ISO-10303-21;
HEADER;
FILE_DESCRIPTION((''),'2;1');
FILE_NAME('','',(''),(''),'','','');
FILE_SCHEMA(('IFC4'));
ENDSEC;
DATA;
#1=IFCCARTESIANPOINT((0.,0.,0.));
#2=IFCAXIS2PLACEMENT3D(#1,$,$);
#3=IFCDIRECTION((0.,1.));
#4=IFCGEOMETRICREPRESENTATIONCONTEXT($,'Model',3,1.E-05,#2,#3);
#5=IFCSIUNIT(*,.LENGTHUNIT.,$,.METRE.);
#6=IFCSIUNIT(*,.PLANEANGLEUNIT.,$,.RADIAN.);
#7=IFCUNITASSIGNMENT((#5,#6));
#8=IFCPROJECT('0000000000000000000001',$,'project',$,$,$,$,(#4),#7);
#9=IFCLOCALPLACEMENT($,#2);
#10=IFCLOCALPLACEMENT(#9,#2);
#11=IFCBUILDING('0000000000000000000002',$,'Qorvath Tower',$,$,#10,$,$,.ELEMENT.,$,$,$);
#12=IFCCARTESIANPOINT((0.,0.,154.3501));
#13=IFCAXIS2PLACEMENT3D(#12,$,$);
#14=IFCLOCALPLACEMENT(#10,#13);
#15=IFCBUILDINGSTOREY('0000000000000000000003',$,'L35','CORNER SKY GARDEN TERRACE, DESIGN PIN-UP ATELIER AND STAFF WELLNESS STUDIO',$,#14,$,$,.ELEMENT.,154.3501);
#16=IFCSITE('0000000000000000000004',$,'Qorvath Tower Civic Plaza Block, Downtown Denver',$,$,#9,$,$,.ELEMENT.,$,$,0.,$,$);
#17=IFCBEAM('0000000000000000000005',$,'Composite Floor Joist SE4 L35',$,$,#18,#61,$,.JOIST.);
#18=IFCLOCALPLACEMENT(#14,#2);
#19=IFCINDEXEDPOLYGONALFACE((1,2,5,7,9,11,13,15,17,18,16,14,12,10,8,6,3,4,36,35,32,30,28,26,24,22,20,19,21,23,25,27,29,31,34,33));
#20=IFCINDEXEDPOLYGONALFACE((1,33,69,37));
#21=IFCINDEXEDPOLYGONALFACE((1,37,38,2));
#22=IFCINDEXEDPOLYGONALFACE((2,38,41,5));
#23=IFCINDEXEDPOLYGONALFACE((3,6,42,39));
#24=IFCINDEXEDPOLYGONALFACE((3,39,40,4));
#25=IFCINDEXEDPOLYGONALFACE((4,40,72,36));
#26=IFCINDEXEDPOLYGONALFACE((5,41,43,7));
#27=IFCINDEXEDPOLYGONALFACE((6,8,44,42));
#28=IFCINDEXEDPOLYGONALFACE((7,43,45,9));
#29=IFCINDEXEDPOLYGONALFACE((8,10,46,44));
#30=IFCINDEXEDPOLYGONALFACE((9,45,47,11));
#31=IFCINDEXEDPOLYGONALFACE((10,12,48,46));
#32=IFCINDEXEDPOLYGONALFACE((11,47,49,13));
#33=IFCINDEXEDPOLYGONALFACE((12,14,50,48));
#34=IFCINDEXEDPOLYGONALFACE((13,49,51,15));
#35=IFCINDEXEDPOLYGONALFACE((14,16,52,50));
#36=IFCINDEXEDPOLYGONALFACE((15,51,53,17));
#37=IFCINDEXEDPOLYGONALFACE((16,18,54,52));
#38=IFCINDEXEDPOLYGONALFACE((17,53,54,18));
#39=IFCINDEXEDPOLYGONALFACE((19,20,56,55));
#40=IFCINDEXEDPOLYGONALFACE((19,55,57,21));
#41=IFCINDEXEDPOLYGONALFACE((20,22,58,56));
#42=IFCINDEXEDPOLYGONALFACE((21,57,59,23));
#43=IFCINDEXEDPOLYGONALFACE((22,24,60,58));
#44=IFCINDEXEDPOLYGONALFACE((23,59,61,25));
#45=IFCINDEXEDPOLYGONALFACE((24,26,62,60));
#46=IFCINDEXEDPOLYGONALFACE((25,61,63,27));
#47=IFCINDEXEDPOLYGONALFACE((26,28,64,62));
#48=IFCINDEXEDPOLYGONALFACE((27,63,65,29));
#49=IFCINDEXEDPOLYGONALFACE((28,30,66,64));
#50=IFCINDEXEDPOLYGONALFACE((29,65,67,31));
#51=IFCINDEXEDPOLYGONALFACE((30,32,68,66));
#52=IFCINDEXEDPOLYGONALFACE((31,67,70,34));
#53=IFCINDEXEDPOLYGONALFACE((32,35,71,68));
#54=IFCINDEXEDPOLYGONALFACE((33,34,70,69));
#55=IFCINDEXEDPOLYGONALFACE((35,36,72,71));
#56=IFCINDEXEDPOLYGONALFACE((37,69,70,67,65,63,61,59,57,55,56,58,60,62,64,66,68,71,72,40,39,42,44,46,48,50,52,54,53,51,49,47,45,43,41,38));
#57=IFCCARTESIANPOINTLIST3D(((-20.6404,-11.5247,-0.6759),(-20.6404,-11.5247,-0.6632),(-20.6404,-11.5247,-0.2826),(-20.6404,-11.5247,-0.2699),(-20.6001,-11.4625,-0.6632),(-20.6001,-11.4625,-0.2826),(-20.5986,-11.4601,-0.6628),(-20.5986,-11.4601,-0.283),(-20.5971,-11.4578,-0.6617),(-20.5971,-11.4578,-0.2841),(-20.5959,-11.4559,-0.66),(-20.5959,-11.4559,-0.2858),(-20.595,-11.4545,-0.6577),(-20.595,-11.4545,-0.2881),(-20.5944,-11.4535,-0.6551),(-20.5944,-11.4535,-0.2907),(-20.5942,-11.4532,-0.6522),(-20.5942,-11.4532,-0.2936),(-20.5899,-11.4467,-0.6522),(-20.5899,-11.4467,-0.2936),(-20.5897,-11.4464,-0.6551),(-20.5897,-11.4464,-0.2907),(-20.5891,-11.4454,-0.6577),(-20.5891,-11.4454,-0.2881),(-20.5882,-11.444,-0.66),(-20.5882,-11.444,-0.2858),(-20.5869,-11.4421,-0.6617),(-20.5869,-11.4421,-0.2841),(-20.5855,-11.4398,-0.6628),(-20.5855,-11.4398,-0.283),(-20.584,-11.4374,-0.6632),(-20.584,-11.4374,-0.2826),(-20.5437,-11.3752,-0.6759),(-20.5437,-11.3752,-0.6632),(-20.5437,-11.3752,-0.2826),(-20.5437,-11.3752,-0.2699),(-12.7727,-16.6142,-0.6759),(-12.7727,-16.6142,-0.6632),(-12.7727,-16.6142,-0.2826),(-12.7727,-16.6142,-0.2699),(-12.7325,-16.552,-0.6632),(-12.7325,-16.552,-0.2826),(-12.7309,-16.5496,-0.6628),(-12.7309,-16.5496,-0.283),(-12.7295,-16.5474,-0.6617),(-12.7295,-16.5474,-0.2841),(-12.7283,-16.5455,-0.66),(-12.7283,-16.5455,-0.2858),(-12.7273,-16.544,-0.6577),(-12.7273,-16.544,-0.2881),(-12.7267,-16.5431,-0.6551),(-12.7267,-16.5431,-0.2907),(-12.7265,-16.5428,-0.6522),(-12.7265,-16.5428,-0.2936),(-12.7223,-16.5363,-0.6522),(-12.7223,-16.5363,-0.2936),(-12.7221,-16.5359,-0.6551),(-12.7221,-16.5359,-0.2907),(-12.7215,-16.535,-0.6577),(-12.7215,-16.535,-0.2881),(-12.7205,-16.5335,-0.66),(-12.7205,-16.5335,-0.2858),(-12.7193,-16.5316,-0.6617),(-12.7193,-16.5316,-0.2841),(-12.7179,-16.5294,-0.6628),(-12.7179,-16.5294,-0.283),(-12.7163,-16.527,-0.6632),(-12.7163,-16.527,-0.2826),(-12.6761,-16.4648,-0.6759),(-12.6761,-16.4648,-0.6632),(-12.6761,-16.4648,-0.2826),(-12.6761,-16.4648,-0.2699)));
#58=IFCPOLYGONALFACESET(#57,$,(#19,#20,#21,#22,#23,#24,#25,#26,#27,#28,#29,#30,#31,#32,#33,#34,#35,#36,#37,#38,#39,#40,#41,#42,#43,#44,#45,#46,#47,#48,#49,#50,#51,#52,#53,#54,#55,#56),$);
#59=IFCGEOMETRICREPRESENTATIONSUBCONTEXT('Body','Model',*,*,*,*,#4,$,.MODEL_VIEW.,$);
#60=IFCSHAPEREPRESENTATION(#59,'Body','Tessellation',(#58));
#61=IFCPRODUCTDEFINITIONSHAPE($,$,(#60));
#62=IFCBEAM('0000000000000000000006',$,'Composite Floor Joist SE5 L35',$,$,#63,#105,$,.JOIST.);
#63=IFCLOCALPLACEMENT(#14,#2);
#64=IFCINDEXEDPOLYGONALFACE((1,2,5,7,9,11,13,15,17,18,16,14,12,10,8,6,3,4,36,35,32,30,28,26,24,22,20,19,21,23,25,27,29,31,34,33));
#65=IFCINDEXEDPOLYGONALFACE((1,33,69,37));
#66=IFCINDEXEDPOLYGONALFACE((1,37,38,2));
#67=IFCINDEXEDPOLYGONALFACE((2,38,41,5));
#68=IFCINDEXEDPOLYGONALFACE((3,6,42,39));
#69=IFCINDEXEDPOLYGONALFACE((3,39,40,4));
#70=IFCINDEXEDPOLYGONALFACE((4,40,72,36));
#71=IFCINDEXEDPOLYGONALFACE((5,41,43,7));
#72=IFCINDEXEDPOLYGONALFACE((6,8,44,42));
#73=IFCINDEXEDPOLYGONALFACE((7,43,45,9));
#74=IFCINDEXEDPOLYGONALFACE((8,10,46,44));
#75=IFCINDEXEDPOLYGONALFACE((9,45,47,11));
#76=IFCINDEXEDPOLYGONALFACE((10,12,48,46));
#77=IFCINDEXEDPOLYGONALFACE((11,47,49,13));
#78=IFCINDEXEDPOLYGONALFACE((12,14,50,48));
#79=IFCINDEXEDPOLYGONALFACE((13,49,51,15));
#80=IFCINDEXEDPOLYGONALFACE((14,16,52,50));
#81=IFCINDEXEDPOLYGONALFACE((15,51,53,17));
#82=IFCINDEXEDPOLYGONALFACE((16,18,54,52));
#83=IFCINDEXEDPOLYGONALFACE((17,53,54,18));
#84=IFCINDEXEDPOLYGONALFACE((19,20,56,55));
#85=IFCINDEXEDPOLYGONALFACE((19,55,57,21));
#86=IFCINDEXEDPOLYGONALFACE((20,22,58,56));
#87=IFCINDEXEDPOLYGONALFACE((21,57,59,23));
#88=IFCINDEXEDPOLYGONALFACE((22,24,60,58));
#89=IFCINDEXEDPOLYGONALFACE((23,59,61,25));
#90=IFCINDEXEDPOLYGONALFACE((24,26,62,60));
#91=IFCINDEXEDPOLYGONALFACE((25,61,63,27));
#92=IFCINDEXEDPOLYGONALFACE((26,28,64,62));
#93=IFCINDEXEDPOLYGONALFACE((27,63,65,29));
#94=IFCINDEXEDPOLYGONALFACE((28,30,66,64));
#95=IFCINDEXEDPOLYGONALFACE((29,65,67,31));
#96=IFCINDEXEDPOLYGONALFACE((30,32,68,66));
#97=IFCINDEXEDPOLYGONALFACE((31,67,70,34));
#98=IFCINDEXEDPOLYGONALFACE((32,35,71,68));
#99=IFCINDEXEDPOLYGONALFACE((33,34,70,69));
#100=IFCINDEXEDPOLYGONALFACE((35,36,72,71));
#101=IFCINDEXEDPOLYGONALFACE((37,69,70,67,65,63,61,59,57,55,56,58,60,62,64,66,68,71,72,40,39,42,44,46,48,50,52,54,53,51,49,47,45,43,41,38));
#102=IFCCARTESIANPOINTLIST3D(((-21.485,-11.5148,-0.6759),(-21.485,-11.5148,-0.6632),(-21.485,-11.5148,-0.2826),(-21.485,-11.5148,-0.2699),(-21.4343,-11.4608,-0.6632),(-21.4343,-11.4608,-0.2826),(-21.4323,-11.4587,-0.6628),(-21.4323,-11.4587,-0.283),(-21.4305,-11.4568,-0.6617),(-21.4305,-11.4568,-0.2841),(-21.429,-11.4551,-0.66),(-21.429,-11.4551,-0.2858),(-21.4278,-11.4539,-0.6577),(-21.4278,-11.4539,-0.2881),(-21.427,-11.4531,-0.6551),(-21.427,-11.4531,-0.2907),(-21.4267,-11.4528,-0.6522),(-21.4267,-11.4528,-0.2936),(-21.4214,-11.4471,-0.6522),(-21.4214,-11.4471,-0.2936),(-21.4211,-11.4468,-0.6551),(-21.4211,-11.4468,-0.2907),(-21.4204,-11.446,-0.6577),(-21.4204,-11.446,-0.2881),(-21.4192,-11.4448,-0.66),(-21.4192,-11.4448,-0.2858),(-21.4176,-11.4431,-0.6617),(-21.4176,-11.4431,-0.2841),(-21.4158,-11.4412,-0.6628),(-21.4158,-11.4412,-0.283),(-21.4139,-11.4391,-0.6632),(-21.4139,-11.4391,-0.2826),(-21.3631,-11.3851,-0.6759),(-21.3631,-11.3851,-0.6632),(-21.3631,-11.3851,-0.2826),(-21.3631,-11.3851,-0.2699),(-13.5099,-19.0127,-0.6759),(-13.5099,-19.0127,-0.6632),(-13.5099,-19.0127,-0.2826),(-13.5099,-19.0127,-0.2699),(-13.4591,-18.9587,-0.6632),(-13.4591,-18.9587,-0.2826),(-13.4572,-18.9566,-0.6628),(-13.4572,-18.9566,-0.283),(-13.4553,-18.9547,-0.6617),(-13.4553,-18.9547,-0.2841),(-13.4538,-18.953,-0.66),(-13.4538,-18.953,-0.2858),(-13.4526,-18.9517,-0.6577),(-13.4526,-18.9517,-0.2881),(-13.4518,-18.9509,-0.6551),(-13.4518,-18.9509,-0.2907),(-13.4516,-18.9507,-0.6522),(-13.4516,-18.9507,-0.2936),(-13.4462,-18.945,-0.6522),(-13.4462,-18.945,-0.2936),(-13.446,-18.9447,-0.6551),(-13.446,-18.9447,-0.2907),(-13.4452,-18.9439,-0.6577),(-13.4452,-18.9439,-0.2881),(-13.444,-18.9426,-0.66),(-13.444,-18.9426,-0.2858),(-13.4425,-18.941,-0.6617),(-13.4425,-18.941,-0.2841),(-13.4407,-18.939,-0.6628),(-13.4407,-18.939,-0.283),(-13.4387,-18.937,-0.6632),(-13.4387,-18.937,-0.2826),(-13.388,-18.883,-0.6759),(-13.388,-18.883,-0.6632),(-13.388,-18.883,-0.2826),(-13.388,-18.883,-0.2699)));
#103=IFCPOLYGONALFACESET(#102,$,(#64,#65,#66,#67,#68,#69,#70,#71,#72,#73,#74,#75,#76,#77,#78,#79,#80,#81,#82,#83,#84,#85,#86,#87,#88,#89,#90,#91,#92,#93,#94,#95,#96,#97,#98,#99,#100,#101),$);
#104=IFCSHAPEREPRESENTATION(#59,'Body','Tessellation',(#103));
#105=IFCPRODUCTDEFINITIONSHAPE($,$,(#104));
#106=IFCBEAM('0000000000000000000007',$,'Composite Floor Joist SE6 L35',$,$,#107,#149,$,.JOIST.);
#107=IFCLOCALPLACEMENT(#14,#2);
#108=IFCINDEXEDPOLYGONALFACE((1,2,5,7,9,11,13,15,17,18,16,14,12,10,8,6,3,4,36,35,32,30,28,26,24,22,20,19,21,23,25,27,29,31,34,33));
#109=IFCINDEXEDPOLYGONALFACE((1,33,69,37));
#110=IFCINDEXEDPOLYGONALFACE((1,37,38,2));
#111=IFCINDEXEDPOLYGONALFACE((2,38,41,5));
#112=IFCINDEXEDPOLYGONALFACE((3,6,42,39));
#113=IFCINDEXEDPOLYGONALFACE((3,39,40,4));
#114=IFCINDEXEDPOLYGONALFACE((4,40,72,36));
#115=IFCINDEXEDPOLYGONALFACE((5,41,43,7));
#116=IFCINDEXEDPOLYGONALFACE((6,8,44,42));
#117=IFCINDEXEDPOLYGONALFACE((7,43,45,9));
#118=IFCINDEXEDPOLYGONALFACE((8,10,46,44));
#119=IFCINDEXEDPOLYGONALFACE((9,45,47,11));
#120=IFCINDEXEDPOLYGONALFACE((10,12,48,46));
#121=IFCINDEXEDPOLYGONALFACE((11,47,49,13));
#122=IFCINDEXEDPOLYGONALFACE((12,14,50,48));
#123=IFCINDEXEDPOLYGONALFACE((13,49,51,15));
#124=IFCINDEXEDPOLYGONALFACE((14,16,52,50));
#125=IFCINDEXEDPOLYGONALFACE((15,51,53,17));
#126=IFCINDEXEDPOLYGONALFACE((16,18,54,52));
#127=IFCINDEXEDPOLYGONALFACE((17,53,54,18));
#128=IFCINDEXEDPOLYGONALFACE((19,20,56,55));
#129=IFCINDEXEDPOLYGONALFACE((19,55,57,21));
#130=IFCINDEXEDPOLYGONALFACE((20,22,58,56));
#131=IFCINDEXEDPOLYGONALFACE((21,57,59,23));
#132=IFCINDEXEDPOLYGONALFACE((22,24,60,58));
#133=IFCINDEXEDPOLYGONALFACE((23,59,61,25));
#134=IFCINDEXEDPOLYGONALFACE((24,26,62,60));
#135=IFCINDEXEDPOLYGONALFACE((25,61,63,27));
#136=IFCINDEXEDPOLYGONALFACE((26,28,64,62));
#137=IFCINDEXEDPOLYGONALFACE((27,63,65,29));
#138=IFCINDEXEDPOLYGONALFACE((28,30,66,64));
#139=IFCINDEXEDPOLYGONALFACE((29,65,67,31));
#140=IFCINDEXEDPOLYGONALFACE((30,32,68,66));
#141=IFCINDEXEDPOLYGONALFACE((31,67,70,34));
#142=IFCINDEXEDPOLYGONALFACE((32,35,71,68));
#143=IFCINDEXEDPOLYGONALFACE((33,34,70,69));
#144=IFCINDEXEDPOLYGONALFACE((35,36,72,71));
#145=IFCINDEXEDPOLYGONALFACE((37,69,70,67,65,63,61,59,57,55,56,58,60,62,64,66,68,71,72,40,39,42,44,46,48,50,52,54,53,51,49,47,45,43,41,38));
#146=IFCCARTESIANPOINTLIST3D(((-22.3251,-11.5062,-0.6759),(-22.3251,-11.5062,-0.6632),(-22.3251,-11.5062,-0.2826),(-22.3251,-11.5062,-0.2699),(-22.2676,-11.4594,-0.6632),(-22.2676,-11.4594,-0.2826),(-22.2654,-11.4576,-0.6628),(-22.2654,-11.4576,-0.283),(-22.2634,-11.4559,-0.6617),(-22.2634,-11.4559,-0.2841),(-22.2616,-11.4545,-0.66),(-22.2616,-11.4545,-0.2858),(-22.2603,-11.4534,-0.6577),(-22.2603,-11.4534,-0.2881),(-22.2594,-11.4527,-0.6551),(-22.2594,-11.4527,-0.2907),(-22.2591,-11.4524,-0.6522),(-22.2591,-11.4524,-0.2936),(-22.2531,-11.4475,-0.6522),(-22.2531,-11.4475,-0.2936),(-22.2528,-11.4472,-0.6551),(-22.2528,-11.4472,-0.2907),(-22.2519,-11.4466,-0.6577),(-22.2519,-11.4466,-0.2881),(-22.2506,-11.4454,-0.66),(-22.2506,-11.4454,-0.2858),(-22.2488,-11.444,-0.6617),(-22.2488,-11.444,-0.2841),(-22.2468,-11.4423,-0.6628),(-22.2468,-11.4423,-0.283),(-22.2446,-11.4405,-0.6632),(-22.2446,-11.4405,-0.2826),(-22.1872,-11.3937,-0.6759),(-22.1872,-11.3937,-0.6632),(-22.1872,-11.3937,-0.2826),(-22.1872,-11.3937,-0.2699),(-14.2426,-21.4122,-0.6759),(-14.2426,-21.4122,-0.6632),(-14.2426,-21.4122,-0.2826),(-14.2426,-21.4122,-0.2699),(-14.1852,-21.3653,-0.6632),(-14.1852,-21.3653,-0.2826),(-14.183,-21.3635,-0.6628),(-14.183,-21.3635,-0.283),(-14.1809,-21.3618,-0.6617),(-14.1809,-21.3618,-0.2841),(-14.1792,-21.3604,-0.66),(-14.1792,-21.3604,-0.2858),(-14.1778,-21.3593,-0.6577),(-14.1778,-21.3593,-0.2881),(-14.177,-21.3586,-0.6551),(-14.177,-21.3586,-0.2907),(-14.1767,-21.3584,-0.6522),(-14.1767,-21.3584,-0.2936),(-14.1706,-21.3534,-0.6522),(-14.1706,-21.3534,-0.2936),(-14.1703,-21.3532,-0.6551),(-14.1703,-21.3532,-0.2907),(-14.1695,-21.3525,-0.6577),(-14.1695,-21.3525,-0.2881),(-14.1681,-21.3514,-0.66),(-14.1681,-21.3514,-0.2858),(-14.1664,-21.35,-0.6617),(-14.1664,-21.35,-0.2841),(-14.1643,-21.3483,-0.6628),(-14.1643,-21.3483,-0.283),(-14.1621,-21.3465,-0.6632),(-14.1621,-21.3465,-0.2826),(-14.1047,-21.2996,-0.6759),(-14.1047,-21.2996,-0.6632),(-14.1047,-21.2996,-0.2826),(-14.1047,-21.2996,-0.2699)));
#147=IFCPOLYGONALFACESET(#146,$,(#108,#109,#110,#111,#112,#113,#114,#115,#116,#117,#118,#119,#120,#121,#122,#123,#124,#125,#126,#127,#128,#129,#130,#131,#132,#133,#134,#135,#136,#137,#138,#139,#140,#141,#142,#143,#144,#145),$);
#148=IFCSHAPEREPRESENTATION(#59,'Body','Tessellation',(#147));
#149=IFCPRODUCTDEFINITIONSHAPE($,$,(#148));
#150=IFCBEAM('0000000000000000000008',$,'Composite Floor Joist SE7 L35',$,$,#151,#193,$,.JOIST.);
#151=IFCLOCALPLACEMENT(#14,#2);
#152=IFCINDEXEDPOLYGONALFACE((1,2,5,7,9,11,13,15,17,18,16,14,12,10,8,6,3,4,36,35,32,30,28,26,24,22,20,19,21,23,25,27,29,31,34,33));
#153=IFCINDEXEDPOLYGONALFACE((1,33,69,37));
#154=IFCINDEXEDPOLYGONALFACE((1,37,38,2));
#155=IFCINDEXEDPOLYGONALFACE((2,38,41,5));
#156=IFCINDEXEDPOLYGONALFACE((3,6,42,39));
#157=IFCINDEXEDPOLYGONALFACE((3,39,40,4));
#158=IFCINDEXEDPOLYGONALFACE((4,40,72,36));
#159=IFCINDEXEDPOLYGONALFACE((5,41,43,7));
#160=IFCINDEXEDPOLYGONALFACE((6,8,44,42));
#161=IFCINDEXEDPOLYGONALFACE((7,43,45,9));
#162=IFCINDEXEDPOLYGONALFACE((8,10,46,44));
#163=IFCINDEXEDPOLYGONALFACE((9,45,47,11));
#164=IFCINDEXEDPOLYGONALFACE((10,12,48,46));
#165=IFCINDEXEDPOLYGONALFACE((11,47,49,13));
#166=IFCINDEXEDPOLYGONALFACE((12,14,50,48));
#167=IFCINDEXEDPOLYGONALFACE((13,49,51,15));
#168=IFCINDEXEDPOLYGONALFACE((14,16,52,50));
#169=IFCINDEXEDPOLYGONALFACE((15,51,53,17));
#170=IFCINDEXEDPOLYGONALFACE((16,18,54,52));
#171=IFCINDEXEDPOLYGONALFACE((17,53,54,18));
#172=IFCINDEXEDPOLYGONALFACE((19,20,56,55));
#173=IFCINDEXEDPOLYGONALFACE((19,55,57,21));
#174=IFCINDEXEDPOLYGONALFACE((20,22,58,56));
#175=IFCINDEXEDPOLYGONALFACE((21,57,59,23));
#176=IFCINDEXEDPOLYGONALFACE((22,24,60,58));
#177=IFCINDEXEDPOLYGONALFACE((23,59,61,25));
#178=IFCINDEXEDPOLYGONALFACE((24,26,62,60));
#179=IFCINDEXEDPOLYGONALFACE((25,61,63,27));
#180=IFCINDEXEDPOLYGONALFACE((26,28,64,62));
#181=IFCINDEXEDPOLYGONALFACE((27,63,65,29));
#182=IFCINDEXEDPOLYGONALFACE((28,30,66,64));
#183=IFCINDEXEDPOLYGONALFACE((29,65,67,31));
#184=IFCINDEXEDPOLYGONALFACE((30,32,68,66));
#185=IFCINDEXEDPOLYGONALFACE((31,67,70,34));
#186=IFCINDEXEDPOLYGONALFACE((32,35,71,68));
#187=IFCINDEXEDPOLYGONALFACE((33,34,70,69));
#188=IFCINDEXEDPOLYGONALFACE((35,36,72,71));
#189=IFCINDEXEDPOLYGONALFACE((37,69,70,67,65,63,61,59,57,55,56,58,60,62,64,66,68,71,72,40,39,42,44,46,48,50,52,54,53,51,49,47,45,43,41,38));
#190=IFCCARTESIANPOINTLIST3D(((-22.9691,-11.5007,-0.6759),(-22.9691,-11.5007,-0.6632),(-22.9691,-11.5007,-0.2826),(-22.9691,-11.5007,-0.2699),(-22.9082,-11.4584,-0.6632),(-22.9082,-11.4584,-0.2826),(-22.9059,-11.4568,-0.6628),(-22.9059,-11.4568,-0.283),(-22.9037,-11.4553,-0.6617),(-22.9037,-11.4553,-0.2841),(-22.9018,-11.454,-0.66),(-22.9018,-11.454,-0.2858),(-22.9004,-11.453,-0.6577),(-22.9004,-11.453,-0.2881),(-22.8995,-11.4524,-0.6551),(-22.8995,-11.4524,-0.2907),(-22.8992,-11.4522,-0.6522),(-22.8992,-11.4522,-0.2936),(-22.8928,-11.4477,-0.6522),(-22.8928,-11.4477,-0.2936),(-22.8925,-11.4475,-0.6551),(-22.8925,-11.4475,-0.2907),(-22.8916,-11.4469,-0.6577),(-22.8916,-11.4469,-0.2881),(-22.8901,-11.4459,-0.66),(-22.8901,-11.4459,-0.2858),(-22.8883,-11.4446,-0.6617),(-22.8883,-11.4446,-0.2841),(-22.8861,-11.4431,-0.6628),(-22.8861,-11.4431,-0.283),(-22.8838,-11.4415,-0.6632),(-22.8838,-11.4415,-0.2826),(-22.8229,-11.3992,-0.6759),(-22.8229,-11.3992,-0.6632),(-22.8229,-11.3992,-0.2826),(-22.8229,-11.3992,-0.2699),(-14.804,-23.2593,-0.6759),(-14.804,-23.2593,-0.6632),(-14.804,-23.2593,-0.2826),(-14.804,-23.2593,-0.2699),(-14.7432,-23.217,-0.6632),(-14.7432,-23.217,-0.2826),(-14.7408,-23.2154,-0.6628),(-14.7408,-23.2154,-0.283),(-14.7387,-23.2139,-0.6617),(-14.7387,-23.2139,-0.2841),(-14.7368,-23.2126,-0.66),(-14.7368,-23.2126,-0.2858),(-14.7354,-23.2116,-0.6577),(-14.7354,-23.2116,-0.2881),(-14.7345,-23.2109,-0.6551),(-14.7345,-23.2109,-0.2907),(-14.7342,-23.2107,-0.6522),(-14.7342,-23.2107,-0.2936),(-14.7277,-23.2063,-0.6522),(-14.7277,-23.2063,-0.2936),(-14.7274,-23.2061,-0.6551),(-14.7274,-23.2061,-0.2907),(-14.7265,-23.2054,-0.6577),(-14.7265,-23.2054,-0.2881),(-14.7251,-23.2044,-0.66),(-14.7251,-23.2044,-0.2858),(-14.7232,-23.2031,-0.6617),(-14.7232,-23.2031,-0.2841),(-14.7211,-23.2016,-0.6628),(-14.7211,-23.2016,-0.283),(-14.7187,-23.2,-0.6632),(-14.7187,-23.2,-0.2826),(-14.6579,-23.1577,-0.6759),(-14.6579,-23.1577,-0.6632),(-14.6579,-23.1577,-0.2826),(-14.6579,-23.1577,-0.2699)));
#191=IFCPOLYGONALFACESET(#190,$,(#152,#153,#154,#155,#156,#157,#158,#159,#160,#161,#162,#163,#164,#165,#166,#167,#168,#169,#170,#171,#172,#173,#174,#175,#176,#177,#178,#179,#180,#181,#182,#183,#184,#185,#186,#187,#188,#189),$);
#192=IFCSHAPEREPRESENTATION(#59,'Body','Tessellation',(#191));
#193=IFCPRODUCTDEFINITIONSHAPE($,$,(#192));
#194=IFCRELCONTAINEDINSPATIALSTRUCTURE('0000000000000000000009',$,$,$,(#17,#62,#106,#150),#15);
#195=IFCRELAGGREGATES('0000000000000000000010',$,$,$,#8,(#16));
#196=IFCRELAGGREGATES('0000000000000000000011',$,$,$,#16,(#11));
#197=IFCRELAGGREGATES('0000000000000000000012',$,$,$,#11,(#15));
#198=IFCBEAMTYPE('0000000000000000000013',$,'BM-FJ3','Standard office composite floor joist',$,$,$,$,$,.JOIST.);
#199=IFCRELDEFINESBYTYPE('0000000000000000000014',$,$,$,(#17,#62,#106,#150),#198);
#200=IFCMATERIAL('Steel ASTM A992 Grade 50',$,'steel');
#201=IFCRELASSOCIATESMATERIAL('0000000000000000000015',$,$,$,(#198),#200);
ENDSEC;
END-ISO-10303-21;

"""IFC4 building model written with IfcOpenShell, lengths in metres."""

from ifc_helpers import new_model, si_unit, direction, frame, origin, origin_2d, place, context, subcontext, project, spatial, i_section, extrude, material, material_profile, profile_set, type_object, element, save


model = new_model("IFC4")

# Units and contexts
model_context = context("Model", 3, precision=1e-05, world=origin(), true_north=direction((0.0, 1.0)))
body_context = subcontext(model_context, "Body", "Model", "MODEL_VIEW")
ifc_project = project(units=[si_unit("LENGTHUNIT", "METRE"), si_unit("PLANEANGLEUNIT", "RADIAN")], contexts=[model_context])

# Site, building, storey
site_placement = place(None, origin())
site = spatial("IfcSite", under=ifc_project, at=site_placement, Name="Qorvath Tower Civic Plaza Block, Downtown Denver", CompositionType="ELEMENT", RefElevation=0.0)
building_placement = place(site_placement, origin())
building = spatial("IfcBuilding", under=site, at=building_placement, Name="Qorvath Tower", CompositionType="ELEMENT")
storey_placement = place(building_placement, frame((0.0, 0.0, 154.3501)))
storey = spatial("IfcBuildingStorey", under=building, at=storey_placement, Name="L35", Description="CORNER SKY GARDEN TERRACE, DESIGN PIN-UP ATELIER AND STAFF WELLNESS STUDIO", CompositionType="ELEMENT", Elevation=154.3501)

# Beams
ifc_material_1 = material(Name="Steel ASTM A992 Grade 50", Category="steel")
ifc_material_profile_1 = material_profile(ifc_material_1, i_section(OverallWidth=0.178, OverallDepth=0.406, WebThickness=0.0078, FlangeThickness=0.0127, FilletRadius=0.011, at=origin_2d()), Name="W16x40")
ifc_profile_set_1 = profile_set([ifc_material_profile_1], Name="Steel ASTM A992 Grade 50")
beam_type_1 = type_object("IfcBeamType", Name="BM-FJ3", Description="Standard office composite floor joist", PredefinedType="JOIST", material=ifc_profile_set_1)
beam_1_placement = place(storey_placement, frame((-20.592, -11.45, -0.4729), z_axis=(0.839631, -0.543157, 0.0), x_axis=(0.543157, 0.839631, 0.0)))
element("IfcBeam", 1, at=beam_1_placement, inside=storey, type_object=beam_type_1, Name="Composite Floor Joist SE4 L35", PredefinedType="JOIST", context=body_context, shape_type="SweptSolid", body=[
    extrude(i_section(OverallWidth=0.178, OverallDepth=0.406, WebThickness=0.0078, FlangeThickness=0.0127, FilletRadius=0.011, at=origin_2d()), origin(), (0.0, 0.0, 1.0), 9.3704),
])
beam_2_placement = place(storey_placement, frame((-21.4241, -11.45, -0.4729), z_axis=(0.728572, -0.684969, 0.0), x_axis=(0.684969, 0.728572, 0.0)))
element("IfcBeam", 2, at=beam_2_placement, inside=storey, type_object=beam_type_1, Name="Composite Floor Joist SE5 L35", PredefinedType="JOIST", context=body_context, shape_type="SweptSolid", body=[
    extrude(i_section(OverallWidth=0.178, OverallDepth=0.406, WebThickness=0.0078, FlangeThickness=0.0127, FilletRadius=0.011, at=origin_2d()), origin(), (0.0, 0.0, 1.0), 10.9463),
])
beam_3_placement = place(storey_placement, frame((-22.2561, -11.45, -0.4729), z_axis=(0.632188, -0.774815, 0.0), x_axis=(0.774815, 0.632188, 0.0)))
element("IfcBeam", 3, at=beam_3_placement, inside=storey, type_object=beam_type_1, Name="Composite Floor Joist SE6 L35", PredefinedType="JOIST", context=body_context, shape_type="SweptSolid", body=[
    extrude(i_section(OverallWidth=0.178, OverallDepth=0.406, WebThickness=0.0078, FlangeThickness=0.0127, FilletRadius=0.011, at=origin_2d()), origin(), (0.0, 0.0, 1.0), 12.7849),
])
beam_4_placement = place(storey_placement, frame((-22.896, -11.45, -0.4729), z_axis=(0.570367, -0.82139, 0.0), x_axis=(0.82139, 0.570367, 0.0)))
element("IfcBeam", 4, at=beam_4_placement, inside=storey, type_object=beam_type_1, Name="Composite Floor Joist SE7 L35", PredefinedType="JOIST", context=body_context, shape_type="SweptSolid", body=[
    extrude(i_section(OverallWidth=0.178, OverallDepth=0.406, WebThickness=0.0078, FlangeThickness=0.0127, FilletRadius=0.011, at=origin_2d()), origin(), (0.0, 0.0, 1.0), 14.3154),
])

save(model, "model.ifc")
